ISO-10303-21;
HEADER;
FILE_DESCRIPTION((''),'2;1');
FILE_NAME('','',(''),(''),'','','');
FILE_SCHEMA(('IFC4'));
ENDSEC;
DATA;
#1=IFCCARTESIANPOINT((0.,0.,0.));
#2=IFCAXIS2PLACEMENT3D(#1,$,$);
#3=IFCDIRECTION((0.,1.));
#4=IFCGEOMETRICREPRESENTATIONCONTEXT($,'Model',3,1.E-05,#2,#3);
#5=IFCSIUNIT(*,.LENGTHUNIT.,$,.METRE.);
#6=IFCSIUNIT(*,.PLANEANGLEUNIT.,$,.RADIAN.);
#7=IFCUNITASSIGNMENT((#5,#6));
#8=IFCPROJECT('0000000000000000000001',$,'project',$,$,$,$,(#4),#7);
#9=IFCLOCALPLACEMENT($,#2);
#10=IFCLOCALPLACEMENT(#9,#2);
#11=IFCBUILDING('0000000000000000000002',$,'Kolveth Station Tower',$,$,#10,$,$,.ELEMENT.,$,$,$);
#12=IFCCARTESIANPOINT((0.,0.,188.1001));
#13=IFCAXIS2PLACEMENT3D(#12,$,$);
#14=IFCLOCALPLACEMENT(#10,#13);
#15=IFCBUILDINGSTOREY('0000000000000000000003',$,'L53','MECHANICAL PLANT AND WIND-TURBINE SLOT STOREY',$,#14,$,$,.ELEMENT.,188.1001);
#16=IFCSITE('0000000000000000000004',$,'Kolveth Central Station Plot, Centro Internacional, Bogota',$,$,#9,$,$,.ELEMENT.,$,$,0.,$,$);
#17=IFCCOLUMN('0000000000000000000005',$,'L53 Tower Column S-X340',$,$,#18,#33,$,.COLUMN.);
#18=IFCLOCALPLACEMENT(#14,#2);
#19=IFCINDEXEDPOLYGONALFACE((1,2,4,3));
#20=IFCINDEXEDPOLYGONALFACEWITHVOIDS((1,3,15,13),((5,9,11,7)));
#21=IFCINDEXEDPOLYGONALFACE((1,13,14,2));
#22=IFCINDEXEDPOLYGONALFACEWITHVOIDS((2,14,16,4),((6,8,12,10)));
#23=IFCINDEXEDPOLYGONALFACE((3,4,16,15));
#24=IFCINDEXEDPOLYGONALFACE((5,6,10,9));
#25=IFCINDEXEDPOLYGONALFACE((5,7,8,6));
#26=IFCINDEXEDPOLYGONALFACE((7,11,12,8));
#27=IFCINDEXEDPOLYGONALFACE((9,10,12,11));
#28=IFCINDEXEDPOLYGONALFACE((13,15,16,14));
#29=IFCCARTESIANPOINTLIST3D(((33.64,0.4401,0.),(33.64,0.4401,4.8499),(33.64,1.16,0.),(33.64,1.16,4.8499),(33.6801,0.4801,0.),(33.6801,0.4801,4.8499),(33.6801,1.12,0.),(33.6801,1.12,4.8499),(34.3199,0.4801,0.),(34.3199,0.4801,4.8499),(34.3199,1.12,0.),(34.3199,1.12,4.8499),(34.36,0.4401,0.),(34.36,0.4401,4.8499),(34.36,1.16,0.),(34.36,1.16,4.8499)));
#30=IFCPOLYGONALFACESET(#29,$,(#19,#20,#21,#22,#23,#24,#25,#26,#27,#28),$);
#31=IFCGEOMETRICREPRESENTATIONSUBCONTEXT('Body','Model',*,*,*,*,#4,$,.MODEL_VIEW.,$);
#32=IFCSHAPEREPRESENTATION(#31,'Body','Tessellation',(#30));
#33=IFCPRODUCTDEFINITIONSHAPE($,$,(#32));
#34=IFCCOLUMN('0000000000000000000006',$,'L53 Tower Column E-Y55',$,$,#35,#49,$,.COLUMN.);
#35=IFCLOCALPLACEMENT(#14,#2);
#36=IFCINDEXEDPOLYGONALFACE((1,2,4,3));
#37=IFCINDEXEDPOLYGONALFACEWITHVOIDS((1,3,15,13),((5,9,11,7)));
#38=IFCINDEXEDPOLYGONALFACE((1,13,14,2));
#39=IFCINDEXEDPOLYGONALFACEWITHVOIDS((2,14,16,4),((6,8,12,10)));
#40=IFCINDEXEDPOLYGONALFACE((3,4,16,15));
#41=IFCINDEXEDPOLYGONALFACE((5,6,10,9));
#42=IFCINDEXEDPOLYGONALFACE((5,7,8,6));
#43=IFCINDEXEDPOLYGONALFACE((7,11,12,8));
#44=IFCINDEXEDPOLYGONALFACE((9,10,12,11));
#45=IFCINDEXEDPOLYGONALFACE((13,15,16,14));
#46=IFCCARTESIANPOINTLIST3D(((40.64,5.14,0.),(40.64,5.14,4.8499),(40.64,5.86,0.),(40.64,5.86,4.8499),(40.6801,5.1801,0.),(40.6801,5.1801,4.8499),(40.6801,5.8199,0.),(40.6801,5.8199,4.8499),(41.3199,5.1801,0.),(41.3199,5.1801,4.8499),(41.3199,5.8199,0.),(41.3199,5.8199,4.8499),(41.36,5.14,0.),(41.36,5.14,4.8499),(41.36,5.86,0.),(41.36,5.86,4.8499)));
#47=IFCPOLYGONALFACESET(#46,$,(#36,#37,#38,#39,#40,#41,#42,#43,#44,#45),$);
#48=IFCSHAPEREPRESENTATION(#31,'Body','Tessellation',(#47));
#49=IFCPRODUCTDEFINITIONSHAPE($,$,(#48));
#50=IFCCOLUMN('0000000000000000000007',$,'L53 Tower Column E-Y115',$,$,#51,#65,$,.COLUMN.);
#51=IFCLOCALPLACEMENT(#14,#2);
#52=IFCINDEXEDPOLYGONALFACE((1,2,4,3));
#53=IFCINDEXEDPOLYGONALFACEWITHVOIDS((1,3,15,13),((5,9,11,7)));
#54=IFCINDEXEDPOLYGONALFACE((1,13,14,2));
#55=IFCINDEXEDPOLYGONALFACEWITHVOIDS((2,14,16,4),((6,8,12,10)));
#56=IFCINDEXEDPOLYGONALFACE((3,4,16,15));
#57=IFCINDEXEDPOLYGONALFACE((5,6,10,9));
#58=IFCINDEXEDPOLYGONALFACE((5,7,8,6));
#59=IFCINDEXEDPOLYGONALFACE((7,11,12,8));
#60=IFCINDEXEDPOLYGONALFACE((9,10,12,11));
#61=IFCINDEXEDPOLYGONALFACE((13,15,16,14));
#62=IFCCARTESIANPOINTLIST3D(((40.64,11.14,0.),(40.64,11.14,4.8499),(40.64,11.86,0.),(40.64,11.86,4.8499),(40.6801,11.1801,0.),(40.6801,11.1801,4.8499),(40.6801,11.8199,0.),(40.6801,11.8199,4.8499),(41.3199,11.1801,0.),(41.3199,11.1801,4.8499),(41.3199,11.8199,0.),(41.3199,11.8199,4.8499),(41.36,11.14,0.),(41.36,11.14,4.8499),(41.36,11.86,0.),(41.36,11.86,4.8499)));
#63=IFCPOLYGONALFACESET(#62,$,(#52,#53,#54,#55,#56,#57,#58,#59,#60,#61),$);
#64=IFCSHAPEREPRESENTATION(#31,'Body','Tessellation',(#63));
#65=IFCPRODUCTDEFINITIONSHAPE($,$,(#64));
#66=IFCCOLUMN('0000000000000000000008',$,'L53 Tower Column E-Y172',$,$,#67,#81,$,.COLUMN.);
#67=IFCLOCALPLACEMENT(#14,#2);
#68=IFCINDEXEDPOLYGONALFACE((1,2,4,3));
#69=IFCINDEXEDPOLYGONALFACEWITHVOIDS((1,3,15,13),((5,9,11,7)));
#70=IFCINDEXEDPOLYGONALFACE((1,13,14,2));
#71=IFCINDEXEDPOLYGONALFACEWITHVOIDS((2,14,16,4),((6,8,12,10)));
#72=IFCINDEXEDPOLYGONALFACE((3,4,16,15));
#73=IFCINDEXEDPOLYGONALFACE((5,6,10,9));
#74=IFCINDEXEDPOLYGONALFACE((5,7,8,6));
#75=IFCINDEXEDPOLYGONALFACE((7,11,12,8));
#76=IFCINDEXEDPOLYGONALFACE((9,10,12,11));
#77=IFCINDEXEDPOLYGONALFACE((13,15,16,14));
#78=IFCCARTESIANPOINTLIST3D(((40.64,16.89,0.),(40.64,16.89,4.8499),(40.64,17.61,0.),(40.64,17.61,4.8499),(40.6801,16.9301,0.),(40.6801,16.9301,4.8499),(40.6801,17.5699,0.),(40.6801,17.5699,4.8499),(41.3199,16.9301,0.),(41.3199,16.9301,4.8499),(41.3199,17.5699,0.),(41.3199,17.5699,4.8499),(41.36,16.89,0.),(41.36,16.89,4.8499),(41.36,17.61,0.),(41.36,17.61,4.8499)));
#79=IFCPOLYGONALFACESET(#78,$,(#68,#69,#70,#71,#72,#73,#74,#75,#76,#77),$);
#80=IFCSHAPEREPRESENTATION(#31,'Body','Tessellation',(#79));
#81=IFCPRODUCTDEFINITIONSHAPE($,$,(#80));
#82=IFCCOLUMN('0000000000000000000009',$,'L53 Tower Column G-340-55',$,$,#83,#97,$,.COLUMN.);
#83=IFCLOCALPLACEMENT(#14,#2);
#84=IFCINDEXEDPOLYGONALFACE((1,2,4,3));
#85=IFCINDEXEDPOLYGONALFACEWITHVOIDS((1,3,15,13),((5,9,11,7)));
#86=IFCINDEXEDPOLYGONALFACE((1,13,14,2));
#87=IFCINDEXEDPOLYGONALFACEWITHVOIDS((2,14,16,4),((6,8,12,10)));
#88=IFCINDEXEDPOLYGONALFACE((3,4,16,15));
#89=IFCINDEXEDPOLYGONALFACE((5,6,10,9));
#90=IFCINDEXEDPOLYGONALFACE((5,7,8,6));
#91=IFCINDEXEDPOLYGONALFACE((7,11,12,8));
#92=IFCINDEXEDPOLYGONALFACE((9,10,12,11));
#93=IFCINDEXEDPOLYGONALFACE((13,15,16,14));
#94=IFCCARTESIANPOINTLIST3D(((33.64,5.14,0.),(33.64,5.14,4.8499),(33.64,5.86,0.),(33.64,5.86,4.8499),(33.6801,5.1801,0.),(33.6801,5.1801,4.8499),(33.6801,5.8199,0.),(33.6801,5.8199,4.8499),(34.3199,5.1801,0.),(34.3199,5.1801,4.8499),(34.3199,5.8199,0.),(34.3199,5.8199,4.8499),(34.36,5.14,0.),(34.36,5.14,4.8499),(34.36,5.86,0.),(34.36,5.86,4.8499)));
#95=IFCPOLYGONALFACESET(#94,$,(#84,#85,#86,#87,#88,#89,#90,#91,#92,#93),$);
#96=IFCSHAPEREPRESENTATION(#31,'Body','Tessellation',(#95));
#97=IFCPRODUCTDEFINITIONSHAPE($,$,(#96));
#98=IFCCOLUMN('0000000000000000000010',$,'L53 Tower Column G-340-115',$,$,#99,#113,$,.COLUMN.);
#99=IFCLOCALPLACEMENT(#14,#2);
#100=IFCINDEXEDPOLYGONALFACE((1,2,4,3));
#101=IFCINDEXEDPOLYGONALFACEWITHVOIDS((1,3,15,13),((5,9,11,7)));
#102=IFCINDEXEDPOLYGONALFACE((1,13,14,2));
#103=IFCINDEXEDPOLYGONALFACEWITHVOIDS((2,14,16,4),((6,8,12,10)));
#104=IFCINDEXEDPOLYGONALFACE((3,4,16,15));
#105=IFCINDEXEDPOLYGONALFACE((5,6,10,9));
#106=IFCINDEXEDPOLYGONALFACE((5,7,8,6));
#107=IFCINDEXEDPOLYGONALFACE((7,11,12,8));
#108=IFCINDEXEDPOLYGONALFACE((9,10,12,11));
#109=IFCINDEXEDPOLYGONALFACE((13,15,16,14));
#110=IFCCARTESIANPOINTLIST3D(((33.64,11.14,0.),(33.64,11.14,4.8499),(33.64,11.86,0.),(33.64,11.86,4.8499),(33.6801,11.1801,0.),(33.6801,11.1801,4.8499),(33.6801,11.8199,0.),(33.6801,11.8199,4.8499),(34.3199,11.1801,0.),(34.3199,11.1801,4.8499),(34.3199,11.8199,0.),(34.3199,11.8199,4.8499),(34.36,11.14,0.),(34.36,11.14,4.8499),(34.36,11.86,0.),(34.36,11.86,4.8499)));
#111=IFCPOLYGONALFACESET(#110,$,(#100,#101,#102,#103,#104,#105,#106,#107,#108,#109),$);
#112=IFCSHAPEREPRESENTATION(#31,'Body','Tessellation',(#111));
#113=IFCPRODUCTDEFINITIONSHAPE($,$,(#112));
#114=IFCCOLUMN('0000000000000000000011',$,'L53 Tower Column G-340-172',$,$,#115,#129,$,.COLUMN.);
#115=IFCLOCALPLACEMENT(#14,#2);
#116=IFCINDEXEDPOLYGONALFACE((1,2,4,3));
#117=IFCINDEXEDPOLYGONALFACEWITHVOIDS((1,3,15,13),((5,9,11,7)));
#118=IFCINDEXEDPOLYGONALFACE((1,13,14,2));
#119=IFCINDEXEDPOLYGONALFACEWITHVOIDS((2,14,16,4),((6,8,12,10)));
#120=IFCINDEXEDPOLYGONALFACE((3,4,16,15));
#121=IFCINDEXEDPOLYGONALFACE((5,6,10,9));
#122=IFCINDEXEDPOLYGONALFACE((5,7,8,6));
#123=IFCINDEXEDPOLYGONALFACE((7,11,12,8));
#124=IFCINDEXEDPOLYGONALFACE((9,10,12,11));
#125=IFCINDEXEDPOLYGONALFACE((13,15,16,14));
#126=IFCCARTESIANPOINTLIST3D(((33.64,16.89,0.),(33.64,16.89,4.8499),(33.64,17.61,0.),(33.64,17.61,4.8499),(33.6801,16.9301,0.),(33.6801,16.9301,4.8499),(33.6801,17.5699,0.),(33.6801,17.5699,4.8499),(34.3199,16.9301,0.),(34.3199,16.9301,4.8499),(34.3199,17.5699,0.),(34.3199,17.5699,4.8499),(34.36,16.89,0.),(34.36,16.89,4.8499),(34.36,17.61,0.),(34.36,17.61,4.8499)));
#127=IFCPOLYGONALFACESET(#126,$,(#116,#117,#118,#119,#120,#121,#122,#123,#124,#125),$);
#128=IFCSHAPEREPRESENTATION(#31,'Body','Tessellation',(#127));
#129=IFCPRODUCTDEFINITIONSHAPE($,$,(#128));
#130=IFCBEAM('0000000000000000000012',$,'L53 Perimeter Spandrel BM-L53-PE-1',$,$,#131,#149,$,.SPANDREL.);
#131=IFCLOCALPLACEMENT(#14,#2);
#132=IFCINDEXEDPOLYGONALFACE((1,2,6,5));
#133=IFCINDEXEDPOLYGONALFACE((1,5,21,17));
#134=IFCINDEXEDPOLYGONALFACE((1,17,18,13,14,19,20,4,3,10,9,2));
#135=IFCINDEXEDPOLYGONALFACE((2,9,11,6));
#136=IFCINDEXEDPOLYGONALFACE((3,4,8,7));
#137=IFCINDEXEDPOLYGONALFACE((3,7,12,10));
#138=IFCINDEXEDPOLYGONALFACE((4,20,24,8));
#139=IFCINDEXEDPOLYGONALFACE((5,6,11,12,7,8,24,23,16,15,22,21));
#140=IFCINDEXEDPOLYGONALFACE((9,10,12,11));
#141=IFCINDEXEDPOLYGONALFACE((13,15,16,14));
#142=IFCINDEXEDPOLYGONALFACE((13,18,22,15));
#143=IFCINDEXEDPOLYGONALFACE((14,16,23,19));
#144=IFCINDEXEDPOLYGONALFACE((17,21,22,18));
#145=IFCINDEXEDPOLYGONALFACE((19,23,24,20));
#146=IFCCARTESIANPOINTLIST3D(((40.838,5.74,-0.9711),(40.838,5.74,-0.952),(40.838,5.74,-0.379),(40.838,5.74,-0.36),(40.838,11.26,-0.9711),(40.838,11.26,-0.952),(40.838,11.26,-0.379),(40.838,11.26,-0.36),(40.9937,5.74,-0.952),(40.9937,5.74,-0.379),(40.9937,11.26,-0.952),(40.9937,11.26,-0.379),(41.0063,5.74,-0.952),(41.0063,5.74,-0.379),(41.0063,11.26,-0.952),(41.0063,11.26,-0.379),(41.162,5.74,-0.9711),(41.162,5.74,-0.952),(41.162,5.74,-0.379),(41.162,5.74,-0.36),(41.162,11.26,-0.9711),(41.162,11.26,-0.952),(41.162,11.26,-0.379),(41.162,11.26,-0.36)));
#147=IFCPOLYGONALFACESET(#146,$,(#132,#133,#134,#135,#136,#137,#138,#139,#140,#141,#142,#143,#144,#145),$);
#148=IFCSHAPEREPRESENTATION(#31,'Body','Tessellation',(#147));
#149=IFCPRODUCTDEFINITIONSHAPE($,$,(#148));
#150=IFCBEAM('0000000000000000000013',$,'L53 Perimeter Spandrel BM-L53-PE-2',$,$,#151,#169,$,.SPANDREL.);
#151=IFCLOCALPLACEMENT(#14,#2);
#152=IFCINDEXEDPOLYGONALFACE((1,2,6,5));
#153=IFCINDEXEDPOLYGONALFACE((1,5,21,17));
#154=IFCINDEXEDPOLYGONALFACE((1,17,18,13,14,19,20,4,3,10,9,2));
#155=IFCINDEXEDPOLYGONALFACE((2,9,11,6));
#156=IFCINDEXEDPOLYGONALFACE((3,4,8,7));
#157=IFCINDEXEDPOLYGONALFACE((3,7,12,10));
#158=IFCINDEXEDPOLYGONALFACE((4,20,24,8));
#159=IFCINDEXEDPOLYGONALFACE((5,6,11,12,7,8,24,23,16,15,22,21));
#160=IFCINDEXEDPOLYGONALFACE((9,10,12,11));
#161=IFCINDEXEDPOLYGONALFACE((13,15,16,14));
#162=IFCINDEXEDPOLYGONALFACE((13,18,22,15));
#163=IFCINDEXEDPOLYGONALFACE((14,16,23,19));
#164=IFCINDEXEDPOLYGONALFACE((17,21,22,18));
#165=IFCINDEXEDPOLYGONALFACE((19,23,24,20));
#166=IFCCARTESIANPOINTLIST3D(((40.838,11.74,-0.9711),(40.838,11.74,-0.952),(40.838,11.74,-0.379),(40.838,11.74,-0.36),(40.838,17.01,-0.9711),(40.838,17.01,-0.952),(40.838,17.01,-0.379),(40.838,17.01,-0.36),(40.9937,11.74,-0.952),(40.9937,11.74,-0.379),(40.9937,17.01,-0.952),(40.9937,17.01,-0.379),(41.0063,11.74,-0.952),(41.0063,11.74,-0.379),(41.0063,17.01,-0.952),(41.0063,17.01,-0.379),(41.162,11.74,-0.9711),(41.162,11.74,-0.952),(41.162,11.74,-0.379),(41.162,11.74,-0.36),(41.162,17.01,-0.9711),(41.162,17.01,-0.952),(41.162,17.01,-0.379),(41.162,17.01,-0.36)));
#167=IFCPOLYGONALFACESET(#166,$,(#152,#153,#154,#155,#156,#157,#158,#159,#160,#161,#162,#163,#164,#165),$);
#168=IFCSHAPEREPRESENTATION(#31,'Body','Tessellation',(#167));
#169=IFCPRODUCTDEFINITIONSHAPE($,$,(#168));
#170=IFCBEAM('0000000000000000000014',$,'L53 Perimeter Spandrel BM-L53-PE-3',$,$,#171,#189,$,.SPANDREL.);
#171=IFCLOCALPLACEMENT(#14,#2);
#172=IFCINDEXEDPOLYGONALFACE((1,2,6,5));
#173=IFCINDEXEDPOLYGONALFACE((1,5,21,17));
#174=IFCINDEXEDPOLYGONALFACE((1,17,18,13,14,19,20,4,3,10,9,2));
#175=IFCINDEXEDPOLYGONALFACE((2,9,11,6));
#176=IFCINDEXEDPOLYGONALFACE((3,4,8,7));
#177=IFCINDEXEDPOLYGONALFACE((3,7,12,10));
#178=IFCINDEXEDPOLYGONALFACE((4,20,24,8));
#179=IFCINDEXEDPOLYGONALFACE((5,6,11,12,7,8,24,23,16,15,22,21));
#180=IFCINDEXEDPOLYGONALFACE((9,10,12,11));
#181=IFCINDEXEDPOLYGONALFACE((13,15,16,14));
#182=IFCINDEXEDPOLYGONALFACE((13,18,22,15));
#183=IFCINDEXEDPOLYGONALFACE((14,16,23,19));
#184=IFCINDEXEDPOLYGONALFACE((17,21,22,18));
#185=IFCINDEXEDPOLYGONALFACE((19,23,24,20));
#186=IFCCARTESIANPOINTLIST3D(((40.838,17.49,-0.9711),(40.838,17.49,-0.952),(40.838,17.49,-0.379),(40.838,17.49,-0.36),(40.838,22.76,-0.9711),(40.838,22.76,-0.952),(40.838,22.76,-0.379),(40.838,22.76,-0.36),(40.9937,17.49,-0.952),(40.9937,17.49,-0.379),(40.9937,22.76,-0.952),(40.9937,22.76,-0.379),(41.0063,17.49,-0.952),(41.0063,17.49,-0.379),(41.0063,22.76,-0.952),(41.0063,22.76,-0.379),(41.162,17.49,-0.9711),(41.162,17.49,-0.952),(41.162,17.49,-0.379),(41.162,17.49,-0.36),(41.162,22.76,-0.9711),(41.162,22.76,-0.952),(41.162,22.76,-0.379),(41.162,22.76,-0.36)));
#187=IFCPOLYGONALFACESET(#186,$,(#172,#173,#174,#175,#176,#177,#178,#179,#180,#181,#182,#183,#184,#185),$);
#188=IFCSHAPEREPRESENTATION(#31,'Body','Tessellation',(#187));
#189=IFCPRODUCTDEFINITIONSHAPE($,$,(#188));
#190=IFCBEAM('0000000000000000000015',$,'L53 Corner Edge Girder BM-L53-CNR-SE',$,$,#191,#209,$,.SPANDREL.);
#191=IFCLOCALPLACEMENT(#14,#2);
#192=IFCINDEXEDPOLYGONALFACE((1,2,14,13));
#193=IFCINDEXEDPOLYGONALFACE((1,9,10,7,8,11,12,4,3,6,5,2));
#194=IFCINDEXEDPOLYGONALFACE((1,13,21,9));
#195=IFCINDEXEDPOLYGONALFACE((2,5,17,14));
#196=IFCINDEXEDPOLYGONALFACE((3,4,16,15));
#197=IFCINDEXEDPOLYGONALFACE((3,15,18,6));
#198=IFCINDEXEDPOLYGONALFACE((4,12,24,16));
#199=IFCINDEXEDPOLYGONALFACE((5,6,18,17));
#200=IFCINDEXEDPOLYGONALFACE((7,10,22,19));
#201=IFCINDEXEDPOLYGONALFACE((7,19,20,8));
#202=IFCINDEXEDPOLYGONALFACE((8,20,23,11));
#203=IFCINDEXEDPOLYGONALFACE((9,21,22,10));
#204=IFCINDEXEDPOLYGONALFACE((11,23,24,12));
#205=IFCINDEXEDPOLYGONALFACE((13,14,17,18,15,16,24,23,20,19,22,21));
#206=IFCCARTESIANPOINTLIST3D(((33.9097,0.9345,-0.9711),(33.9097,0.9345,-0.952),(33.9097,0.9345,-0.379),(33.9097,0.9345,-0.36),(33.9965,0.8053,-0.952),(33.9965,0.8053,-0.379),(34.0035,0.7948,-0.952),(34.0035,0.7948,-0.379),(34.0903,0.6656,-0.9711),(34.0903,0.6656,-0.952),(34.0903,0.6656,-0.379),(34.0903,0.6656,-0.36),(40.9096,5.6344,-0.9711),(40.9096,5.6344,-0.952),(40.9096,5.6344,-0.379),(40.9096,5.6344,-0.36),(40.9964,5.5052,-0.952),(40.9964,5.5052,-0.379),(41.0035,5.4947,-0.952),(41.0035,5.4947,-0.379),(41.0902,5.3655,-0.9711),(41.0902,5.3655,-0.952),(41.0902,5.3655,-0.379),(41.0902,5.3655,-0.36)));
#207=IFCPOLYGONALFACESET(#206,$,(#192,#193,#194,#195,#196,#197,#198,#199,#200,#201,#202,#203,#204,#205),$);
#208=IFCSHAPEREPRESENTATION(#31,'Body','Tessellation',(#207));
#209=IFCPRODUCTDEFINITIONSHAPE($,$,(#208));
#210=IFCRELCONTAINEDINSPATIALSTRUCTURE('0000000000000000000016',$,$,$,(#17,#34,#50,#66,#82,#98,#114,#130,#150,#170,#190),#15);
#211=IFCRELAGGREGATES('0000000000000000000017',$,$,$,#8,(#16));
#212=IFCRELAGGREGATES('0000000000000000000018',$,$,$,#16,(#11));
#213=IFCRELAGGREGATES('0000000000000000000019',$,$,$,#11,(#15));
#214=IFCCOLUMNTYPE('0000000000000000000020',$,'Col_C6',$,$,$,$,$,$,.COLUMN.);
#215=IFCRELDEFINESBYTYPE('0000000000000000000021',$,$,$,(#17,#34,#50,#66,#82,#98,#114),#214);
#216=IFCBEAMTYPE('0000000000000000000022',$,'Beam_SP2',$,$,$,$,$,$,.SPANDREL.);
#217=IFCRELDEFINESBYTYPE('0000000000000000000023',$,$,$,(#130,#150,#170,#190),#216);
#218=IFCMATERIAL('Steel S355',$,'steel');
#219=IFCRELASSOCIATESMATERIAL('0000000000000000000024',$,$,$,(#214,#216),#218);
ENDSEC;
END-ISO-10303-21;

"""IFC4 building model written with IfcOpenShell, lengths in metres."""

from ifc_helpers import new_model, si_unit, direction, frame, origin, origin_2d, place, context, subcontext, project, spatial, hollow_rectangle, i_section, extrude, source, transform, mapped, material, material_profile, profile_set, type_object, element, save


model = new_model("IFC4")

# Units and contexts
model_context = context("Model", 3, precision=1e-05, world=origin(), true_north=direction((0.0, 1.0)))
body_context = subcontext(model_context, "Body", "Model", "MODEL_VIEW")
ifc_project = project(units=[si_unit("LENGTHUNIT", "METRE"), si_unit("PLANEANGLEUNIT", "RADIAN")], contexts=[model_context])

# Site, building, storey
site_placement = place(None, origin())
site = spatial("IfcSite", under=ifc_project, at=site_placement, Name="Kolveth Central Station Plot, Centro Internacional, Bogota", CompositionType="ELEMENT", RefElevation=0.0)
building_placement = place(site_placement, origin())
building = spatial("IfcBuilding", under=site, at=building_placement, Name="Kolveth Station Tower", CompositionType="ELEMENT")
storey_placement = place(building_placement, frame((0.0, 0.0, 188.1001)))
storey = spatial("IfcBuildingStorey", under=building, at=storey_placement, Name="L53", Description="MECHANICAL PLANT AND WIND-TURBINE SLOT STOREY", CompositionType="ELEMENT", Elevation=188.1001)

# Columns
ifc_material_1 = material(Name="Steel S355", Category="steel")
ifc_material_profile_1 = material_profile(ifc_material_1, hollow_rectangle(XDim=0.72, YDim=0.72, WallThickness=0.04, at=origin_2d()), Name="BOX720x720x40")
ifc_profile_set_1 = profile_set([ifc_material_profile_1], Name="Steel S355")
column_type = type_object("IfcColumnType", Name="Col_C6", PredefinedType="COLUMN", material=ifc_profile_set_1)
shared_shape_1 = source(origin(), body_context, "Body", "SweptSolid", [
    extrude(hollow_rectangle(XDim=0.72, YDim=0.72, WallThickness=0.04, at=origin_2d()), origin(), (0.0, 0.0, 1.0), 4.8499),
])
for number, where, z_axis, x_axis, name in (
    (1, (34.0, 0.8, 0.0), (0.0, 0.0, 1.0), (1.0, 0.0, 0.0), "L53 Tower Column S-X340"),
    (2, (41.0, 5.5, 0.0), (0.0, 0.0, 1.0), (1.0, 0.0, 0.0), "L53 Tower Column E-Y55"),
    (3, (41.0, 11.5, 0.0), (0.0, 0.0, 1.0), (1.0, 0.0, 0.0), "L53 Tower Column E-Y115"),
    (4, (41.0, 17.25, 0.0), (0.0, 0.0, 1.0), (1.0, 0.0, 0.0), "L53 Tower Column E-Y172"),
    (5, (34.0, 5.5, 0.0), (0.0, 0.0, 1.0), (1.0, 0.0, 0.0), "L53 Tower Column G-340-55"),
    (6, (34.0, 11.5, 0.0), (0.0, 0.0, 1.0), (1.0, 0.0, 0.0), "L53 Tower Column G-340-115"),
    (7, (34.0, 17.25, 0.0), (0.0, 0.0, 1.0), (1.0, 0.0, 0.0), "L53 Tower Column G-340-172"),
):
    element("IfcColumn", number, at=place(storey_placement, frame(where, z_axis=z_axis, x_axis=x_axis)), inside=storey, type_object=column_type, Name=name, PredefinedType="COLUMN", context=body_context, shape_type="MappedRepresentation", body=[
        mapped(shared_shape_1, transform((0.0, 0.0, 0.0), x_axis=(1.0, 0.0, 0.0), y_axis=(0.0, 1.0, 0.0), z_axis=(0.0, 0.0, 1.0), scale=1.0)),
    ])

# Beams
ifc_material_profile_2 = material_profile(ifc_material_1, i_section(OverallWidth=0.324, OverallDepth=0.6111, WebThickness=0.0127, FlangeThickness=0.019, at=origin_2d()), Name="W610x155")
ifc_profile_set_2 = profile_set([ifc_material_profile_2], Name="Steel S355")
beam_type_1 = type_object("IfcBeamType", Name="Beam_SP2", PredefinedType="SPANDREL", material=ifc_profile_set_2)
shared_shape_2 = source(origin(), body_context, "Body", "SweptSolid", [
    extrude(i_section(OverallWidth=0.324, OverallDepth=0.6111, WebThickness=0.0127, FlangeThickness=0.019, at=origin_2d()), origin(), (0.0, 0.0, 1.0), 5.52),
])
beam_1_placement = place(storey_placement, frame((41.0, 5.74, -0.6655), z_axis=(0.0, 1.0, 0.0), x_axis=(-1.0, 0.0, 0.0)))
element("IfcBeam", 8, at=beam_1_placement, inside=storey, type_object=beam_type_1, Name="L53 Perimeter Spandrel BM-L53-PE-1", PredefinedType="SPANDREL", context=body_context, shape_type="MappedRepresentation", body=[
    mapped(shared_shape_2, transform((0.0, 0.0, 0.0), x_axis=(1.0, 0.0, 0.0), y_axis=(0.0, 1.0, 0.0), z_axis=(0.0, 0.0, 1.0), scale=1.0)),
])
shared_shape_3 = source(origin(), body_context, "Body", "SweptSolid", [
    extrude(i_section(OverallWidth=0.324, OverallDepth=0.6111, WebThickness=0.0127, FlangeThickness=0.019, at=origin_2d()), origin(), (0.0, 0.0, 1.0), 5.27),
])
for number, where, z_axis, x_axis, name in (
    (9, (41.0, 11.74, -0.6655), (0.0, 1.0, 0.0), (-1.0, 0.0, 0.0), "L53 Perimeter Spandrel BM-L53-PE-2"),
    (10, (41.0, 17.49, -0.6655), (0.0, 1.0, 0.0), (-1.0, 0.0, 0.0), "L53 Perimeter Spandrel BM-L53-PE-3"),
):
    element("IfcBeam", number, at=place(storey_placement, frame(where, z_axis=z_axis, x_axis=x_axis)), inside=storey, type_object=beam_type_1, Name=name, PredefinedType="SPANDREL", context=body_context, shape_type="MappedRepresentation", body=[
        mapped(shared_shape_3, transform((0.0, 0.0, 0.0), x_axis=(1.0, 0.0, 0.0), y_axis=(0.0, 1.0, 0.0), z_axis=(0.0, 0.0, 1.0), scale=1.0)),
    ])
shared_shape_4 = source(origin(), body_context, "Body", "SweptSolid", [
    extrude(i_section(OverallWidth=0.324, OverallDepth=0.6111, WebThickness=0.0127, FlangeThickness=0.019, at=origin_2d()), origin(), (0.0, 0.0, 1.0), 8.4314),
])
beam_2_placement = place(storey_placement, frame((34.0, 0.8, -0.6655), z_axis=(0.830224, 0.55743, 0.0), x_axis=(-0.55743, 0.830224, 0.0)))
element("IfcBeam", 11, at=beam_2_placement, inside=storey, type_object=beam_type_1, Name="L53 Corner Edge Girder BM-L53-CNR-SE", PredefinedType="SPANDREL", context=body_context, shape_type="MappedRepresentation", body=[
    mapped(shared_shape_4, transform((0.0, 0.0, 0.0), x_axis=(1.0, 0.0, 0.0), y_axis=(0.0, 1.0, 0.0), z_axis=(0.0, 0.0, 1.0), scale=1.0)),
])

save(model, "model.ifc")
